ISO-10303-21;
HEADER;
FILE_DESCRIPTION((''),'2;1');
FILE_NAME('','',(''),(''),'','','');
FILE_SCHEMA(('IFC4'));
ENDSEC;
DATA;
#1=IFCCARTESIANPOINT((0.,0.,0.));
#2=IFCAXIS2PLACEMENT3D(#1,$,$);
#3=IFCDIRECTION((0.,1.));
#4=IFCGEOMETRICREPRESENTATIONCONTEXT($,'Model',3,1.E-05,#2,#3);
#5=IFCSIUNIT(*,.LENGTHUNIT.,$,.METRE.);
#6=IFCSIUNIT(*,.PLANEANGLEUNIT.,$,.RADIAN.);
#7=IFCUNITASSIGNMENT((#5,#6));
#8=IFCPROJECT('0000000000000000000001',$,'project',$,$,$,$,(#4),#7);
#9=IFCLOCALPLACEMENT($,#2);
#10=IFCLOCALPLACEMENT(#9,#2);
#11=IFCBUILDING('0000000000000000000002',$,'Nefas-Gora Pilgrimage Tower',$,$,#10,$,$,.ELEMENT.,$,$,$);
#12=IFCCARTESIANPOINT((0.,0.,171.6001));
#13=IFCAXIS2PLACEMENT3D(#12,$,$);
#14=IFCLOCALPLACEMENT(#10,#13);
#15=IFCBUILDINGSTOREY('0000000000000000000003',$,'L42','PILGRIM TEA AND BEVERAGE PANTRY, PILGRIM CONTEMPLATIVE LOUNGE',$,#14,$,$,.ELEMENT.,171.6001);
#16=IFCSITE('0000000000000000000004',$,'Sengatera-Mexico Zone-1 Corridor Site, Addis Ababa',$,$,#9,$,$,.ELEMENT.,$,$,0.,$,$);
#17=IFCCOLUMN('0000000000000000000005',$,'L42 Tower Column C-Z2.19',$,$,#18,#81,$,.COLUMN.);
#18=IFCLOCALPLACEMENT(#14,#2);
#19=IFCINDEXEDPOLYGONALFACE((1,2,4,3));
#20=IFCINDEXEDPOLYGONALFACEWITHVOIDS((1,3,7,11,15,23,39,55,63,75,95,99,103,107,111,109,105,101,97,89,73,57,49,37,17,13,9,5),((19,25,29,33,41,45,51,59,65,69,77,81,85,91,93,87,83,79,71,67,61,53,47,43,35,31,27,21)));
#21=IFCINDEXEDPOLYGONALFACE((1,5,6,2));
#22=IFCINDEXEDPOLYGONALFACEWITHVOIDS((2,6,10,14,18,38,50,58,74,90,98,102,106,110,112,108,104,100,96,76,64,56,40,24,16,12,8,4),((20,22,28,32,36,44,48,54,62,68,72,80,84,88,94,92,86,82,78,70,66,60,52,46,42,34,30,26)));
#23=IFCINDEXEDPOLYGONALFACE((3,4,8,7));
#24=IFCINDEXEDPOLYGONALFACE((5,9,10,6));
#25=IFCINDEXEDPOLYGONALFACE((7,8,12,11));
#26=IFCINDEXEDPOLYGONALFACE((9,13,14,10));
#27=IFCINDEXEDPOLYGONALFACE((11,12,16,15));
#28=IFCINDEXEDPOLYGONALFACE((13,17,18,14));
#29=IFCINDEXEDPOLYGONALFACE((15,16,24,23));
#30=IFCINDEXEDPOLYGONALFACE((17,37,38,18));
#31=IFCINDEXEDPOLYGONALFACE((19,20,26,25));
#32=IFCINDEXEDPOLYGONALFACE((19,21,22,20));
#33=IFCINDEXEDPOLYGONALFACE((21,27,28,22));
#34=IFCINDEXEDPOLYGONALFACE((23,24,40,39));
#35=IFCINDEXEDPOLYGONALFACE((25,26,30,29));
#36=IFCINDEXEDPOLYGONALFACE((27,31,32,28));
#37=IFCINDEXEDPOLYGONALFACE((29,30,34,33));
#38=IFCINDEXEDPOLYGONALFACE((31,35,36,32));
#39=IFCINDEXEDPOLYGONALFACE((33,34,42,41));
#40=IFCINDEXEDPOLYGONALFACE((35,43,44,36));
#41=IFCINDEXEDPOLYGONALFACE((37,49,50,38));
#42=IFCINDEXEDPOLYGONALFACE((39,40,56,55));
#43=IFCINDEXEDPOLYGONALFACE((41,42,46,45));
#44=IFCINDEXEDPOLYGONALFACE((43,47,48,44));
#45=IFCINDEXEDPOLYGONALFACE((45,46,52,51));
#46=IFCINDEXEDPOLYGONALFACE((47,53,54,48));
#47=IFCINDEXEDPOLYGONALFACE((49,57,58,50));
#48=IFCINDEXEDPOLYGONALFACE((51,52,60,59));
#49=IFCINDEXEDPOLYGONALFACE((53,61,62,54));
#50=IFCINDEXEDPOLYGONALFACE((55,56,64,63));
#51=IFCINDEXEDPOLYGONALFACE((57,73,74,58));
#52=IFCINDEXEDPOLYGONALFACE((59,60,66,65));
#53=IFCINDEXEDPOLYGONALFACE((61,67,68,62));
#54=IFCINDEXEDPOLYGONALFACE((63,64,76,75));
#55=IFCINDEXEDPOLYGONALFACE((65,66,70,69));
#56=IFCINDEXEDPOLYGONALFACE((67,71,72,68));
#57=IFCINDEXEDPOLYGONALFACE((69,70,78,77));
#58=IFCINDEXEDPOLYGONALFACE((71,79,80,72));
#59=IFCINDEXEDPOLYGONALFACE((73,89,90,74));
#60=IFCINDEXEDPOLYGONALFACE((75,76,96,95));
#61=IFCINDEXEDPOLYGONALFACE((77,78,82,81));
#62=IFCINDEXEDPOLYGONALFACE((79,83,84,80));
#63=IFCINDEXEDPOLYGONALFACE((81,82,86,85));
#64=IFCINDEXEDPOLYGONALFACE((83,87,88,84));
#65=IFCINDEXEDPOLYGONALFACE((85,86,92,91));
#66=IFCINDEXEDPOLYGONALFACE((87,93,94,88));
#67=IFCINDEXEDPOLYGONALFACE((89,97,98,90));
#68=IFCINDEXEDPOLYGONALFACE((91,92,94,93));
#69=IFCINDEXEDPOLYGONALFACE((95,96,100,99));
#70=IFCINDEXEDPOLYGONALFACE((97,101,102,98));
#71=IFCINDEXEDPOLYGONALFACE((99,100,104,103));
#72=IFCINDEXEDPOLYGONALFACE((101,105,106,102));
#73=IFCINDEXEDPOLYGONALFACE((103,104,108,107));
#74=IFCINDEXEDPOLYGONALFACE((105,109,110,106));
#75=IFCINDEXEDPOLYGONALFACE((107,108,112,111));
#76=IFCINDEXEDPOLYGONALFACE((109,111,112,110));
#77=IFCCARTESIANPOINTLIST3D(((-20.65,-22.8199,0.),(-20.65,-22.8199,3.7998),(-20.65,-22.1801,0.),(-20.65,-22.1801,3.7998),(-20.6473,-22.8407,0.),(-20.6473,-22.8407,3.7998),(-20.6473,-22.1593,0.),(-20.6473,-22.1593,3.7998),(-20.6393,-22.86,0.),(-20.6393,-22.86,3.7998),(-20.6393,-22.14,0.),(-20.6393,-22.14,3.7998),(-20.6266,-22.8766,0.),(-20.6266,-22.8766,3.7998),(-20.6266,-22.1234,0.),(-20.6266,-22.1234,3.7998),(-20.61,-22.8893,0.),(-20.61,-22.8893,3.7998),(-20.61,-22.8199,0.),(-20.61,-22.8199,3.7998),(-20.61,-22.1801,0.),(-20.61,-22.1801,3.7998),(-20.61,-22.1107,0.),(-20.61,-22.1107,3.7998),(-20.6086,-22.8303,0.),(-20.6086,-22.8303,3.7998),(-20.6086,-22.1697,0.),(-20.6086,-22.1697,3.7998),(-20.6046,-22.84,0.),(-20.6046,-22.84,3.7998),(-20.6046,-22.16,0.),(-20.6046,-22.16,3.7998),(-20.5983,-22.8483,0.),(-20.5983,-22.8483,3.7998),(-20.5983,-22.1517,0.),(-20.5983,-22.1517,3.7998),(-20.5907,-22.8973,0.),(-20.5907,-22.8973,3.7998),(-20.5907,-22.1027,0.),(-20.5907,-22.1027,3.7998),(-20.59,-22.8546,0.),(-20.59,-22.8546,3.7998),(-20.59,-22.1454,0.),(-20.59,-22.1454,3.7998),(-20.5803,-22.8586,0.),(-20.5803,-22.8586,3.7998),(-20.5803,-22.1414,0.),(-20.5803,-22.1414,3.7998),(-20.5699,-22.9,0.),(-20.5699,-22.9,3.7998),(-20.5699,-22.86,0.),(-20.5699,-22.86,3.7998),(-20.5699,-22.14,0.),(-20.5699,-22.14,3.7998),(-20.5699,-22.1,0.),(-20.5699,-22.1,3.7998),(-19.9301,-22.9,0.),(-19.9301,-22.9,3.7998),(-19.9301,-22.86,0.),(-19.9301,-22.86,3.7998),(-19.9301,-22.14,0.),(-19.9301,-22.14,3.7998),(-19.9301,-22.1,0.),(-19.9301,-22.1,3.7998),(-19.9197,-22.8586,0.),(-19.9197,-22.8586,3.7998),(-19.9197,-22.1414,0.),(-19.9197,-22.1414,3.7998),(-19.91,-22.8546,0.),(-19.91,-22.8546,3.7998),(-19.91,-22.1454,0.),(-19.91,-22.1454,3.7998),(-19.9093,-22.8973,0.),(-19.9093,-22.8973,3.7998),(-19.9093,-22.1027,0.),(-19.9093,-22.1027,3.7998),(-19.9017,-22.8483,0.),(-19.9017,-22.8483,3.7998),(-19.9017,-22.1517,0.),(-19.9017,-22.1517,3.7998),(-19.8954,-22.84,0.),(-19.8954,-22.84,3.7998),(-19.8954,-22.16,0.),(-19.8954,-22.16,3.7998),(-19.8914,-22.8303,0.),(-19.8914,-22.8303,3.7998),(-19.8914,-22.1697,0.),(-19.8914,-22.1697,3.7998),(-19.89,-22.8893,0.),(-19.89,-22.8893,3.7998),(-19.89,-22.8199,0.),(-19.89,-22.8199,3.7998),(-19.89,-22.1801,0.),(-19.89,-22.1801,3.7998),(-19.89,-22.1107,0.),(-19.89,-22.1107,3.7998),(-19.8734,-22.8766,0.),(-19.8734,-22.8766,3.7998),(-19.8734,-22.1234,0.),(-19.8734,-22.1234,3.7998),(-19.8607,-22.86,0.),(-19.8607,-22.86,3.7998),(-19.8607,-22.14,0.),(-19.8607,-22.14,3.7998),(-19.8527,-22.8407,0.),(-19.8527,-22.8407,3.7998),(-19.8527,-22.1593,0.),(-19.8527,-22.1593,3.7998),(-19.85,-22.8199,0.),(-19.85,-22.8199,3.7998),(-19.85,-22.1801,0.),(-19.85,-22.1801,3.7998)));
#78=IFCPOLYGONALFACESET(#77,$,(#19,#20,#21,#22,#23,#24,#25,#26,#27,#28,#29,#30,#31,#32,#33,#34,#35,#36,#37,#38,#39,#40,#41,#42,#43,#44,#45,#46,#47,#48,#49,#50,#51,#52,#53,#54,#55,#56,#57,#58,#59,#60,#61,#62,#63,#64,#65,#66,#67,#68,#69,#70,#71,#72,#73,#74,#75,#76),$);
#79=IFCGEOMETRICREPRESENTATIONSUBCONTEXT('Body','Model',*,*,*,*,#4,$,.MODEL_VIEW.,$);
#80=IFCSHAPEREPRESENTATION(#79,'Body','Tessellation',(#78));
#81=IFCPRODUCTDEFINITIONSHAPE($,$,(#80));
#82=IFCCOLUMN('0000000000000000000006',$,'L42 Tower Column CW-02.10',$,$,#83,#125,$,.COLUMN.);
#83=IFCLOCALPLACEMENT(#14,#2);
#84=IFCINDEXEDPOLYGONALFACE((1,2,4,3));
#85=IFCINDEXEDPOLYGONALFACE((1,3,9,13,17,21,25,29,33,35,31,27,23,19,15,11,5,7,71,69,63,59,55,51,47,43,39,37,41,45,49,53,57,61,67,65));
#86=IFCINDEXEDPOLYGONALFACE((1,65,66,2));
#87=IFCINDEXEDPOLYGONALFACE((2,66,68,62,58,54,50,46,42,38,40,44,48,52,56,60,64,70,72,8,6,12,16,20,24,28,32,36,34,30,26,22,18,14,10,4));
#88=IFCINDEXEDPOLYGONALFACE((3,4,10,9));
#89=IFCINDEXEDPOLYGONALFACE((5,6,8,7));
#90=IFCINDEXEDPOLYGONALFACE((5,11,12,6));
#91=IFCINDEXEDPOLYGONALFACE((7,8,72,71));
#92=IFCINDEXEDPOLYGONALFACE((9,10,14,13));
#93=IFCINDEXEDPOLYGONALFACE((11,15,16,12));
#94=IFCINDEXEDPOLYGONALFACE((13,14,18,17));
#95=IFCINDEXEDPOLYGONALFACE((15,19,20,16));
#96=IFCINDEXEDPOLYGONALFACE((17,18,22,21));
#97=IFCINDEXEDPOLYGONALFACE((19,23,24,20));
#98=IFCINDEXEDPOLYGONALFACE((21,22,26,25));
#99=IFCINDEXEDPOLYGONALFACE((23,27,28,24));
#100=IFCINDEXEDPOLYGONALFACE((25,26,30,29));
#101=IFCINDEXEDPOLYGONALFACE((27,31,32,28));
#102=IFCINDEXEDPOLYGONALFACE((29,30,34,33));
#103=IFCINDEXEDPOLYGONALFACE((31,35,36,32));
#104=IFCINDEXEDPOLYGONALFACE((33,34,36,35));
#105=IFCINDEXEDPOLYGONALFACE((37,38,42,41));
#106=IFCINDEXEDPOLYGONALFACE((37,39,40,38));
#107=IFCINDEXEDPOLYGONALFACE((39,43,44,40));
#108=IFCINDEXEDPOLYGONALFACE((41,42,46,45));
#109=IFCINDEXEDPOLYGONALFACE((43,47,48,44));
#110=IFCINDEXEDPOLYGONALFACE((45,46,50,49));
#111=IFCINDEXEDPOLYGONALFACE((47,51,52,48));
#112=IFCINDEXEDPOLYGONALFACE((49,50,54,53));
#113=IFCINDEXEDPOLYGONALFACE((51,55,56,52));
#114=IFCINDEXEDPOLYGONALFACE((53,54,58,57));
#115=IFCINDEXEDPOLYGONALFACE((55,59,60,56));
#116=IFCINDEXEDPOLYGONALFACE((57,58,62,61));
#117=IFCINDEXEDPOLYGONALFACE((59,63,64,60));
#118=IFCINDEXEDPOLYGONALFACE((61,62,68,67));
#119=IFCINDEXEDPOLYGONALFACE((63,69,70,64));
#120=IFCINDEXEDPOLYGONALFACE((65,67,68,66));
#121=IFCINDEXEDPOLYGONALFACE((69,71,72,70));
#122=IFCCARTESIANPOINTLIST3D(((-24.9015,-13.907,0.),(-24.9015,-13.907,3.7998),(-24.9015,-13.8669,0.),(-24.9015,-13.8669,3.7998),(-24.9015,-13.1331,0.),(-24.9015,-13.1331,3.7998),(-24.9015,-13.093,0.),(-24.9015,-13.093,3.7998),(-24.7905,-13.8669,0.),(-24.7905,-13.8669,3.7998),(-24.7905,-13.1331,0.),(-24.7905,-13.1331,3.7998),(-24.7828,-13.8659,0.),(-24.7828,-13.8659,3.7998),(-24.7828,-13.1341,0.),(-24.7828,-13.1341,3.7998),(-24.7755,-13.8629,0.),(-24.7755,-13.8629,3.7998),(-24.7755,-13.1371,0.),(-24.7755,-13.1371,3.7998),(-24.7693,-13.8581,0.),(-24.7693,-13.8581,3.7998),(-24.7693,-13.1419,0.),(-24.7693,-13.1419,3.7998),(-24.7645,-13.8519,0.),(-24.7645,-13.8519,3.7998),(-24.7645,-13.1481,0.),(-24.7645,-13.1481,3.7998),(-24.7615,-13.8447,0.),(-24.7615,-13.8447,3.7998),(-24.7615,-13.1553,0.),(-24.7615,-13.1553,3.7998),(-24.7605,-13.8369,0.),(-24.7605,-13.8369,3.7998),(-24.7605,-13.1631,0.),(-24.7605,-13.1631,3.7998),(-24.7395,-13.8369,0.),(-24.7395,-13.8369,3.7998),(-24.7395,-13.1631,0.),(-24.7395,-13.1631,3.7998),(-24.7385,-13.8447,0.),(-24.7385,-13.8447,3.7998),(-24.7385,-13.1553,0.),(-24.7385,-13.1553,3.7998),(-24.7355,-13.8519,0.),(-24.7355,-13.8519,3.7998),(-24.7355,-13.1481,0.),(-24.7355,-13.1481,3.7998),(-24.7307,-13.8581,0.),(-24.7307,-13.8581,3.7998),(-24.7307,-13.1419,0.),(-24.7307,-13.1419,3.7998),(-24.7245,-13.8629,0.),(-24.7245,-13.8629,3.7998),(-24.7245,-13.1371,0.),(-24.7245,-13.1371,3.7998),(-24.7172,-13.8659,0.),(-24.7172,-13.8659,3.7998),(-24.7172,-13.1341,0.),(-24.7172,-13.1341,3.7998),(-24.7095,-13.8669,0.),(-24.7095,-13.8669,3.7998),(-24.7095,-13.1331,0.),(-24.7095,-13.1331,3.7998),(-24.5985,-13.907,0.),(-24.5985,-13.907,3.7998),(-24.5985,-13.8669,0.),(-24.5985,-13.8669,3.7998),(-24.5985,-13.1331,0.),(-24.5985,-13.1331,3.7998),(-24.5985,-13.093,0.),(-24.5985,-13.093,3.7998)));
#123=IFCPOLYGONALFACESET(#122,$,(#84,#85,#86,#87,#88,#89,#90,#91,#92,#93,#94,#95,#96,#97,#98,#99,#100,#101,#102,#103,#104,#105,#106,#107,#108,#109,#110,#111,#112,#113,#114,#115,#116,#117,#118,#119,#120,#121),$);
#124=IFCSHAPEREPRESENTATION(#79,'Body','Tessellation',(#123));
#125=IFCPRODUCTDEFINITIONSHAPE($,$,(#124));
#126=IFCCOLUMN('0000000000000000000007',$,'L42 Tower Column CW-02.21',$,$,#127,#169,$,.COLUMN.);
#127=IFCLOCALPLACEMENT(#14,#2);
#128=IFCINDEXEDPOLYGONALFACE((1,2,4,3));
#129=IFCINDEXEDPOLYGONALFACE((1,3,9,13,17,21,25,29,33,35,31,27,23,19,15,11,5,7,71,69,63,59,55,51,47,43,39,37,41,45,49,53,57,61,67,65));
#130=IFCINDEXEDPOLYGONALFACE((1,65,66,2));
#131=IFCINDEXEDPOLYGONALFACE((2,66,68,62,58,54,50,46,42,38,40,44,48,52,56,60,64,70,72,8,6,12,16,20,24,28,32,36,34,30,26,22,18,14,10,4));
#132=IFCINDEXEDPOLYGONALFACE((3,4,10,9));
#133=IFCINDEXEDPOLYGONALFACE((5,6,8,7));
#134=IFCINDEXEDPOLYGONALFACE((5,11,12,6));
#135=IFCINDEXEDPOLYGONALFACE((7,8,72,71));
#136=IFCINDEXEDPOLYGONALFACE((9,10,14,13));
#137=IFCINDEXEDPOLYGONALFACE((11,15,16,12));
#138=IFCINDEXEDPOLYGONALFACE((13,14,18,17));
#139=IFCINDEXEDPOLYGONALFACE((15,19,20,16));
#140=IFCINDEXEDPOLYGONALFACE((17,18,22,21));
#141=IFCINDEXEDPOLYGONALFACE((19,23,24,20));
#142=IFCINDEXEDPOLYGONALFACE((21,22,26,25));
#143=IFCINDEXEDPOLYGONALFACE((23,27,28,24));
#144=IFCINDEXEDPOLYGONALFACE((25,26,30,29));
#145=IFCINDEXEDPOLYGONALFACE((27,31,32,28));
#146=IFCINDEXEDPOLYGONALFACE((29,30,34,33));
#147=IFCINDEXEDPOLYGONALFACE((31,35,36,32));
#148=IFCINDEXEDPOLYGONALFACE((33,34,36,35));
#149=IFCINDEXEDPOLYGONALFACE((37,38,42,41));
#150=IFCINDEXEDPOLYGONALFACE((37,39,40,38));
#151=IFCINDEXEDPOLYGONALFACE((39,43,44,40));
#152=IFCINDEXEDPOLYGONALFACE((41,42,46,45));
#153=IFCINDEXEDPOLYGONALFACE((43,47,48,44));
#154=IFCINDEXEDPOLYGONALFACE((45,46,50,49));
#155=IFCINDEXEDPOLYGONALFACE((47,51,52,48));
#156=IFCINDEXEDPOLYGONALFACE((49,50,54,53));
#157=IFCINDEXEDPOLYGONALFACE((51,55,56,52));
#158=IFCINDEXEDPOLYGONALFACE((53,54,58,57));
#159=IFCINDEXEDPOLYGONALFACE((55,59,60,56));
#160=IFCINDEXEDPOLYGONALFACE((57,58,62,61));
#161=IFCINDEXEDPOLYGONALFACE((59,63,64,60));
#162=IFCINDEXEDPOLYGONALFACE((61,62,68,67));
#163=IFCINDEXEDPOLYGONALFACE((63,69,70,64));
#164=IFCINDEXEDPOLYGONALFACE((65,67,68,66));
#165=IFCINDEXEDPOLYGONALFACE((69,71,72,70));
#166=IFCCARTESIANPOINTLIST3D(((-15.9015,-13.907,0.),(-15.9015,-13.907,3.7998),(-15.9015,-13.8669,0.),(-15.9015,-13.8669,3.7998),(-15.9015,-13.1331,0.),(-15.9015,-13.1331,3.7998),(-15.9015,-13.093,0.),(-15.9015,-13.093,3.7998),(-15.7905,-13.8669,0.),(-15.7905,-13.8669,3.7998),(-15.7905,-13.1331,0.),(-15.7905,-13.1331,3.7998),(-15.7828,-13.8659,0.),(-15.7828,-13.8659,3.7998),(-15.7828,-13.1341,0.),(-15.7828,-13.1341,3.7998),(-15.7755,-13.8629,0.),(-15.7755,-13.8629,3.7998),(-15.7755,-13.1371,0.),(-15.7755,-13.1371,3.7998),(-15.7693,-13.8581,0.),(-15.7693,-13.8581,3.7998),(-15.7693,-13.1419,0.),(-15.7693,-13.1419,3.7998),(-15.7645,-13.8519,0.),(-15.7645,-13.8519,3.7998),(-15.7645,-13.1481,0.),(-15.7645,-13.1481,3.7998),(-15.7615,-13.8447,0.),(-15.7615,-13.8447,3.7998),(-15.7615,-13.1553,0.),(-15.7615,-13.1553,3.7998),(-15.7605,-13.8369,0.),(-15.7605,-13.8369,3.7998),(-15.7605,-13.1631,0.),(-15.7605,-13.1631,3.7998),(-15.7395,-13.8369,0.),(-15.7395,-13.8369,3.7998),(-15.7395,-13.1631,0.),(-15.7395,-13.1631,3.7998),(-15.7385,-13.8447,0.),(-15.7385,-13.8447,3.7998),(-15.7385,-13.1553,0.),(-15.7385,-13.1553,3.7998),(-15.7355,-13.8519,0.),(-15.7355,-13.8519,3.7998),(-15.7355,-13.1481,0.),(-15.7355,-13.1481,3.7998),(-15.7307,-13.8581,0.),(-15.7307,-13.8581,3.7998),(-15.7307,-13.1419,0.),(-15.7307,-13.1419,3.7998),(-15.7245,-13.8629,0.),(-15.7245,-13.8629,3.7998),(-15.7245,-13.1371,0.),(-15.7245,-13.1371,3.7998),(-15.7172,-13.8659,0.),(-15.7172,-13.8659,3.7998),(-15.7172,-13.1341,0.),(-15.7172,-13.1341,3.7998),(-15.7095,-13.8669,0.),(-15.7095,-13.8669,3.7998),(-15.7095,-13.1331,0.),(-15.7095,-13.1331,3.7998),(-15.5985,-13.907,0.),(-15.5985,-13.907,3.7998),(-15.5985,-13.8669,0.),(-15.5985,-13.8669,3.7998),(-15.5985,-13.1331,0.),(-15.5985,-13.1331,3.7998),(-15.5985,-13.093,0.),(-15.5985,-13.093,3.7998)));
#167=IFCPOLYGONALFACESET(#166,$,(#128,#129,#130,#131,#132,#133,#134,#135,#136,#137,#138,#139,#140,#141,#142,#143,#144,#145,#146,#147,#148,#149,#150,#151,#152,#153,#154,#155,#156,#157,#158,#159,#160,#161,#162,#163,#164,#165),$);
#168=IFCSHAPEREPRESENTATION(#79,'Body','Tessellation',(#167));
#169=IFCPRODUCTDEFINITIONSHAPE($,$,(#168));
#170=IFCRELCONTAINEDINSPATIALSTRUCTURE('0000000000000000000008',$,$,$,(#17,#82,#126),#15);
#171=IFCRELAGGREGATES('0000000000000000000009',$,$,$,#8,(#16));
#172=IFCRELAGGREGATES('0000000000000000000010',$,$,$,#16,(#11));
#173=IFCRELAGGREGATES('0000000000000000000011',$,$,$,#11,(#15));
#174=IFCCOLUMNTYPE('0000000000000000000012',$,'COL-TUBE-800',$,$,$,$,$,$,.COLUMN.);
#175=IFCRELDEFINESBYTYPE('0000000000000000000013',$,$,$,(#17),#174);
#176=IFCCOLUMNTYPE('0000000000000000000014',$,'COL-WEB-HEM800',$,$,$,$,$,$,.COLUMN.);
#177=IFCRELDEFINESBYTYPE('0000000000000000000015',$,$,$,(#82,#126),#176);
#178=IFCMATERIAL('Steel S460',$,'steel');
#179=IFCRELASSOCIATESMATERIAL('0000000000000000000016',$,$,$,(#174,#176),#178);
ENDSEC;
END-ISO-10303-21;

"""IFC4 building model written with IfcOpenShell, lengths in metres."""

from ifc_helpers import new_model, si_unit, direction, frame, origin, origin_2d, place, context, subcontext, project, spatial, hollow_rectangle, i_section, extrude, source, transform, mapped, material, material_profile, profile_set, type_object, element, save


model = new_model("IFC4")

# Units and contexts
model_context = context("Model", 3, precision=1e-05, world=origin(), true_north=direction((0.0, 1.0)))
body_context = subcontext(model_context, "Body", "Model", "MODEL_VIEW")
ifc_project = project(units=[si_unit("LENGTHUNIT", "METRE"), si_unit("PLANEANGLEUNIT", "RADIAN")], contexts=[model_context])

# Site, building, storey
site_placement = place(None, origin())
site = spatial("IfcSite", under=ifc_project, at=site_placement, Name="Sengatera-Mexico Zone-1 Corridor Site, Addis Ababa", CompositionType="ELEMENT", RefElevation=0.0)
building_placement = place(site_placement, origin())
building = spatial("IfcBuilding", under=site, at=building_placement, Name="Nefas-Gora Pilgrimage Tower", CompositionType="ELEMENT")
storey_placement = place(building_placement, frame((0.0, 0.0, 171.6001)))
storey = spatial("IfcBuildingStorey", under=building, at=storey_placement, Name="L42", Description="PILGRIM TEA AND BEVERAGE PANTRY, PILGRIM CONTEMPLATIVE LOUNGE", CompositionType="ELEMENT", Elevation=171.6001)

# Columns
ifc_material_1 = material(Name="Steel S460", Category="steel")
ifc_material_profile_1 = material_profile(ifc_material_1, hollow_rectangle(XDim=0.8, YDim=0.8, WallThickness=0.04, InnerFilletRadius=0.04, OuterFilletRadius=0.0801, at=origin_2d()), Name="BOX 800x800x40")
ifc_profile_set_1 = profile_set([ifc_material_profile_1], Name="Steel S460")
column_type_1 = type_object("IfcColumnType", Name="COL-TUBE-800", PredefinedType="COLUMN", material=ifc_profile_set_1)
shared_shape_1 = source(origin(), body_context, "Body", "SweptSolid", [
    extrude(hollow_rectangle(XDim=0.8, YDim=0.8, WallThickness=0.04, InnerFilletRadius=0.04, OuterFilletRadius=0.0801, at=origin_2d()), origin(), (0.0, 0.0, 1.0), 3.7998),
])
column_placement = place(storey_placement, frame((-20.25, -22.5, 0.0), z_axis=(0.0, 0.0, 1.0), x_axis=(1.0, 0.0, 0.0)))
element("IfcColumn", 1, at=column_placement, inside=storey, type_object=column_type_1, Name="L42 Tower Column C-Z2.19", PredefinedType="COLUMN", context=body_context, shape_type="MappedRepresentation", body=[
    mapped(shared_shape_1, transform((0.0, 0.0, 0.0), x_axis=(1.0, 0.0, 0.0), y_axis=(0.0, 1.0, 0.0), z_axis=(0.0, 0.0, 1.0), scale=1.0)),
])
ifc_material_profile_2 = material_profile(ifc_material_1, i_section(OverallWidth=0.303, OverallDepth=0.814, WebThickness=0.021, FlangeThickness=0.04, FilletRadius=0.03, at=origin_2d()), Name="HEM 800")
ifc_profile_set_2 = profile_set([ifc_material_profile_2], Name="Steel S460")
column_type_2 = type_object("IfcColumnType", Name="COL-WEB-HEM800", PredefinedType="COLUMN", material=ifc_profile_set_2)
shared_shape_2 = source(origin(), body_context, "Body", "SweptSolid", [
    extrude(i_section(OverallWidth=0.303, OverallDepth=0.814, WebThickness=0.021, FlangeThickness=0.04, FilletRadius=0.03, at=origin_2d()), origin(), (0.0, 0.0, 1.0), 3.7998),
])
for number, where, z_axis, x_axis, name in (
    (2, (-24.75, -13.5, 0.0), (0.0, 0.0, 1.0), (1.0, 0.0, 0.0), "L42 Tower Column CW-02.10"),
    (3, (-15.75, -13.5, 0.0), (0.0, 0.0, 1.0), (1.0, 0.0, 0.0), "L42 Tower Column CW-02.21"),
):
    element("IfcColumn", number, at=place(storey_placement, frame(where, z_axis=z_axis, x_axis=x_axis)), inside=storey, type_object=column_type_2, Name=name, PredefinedType="COLUMN", context=body_context, shape_type="MappedRepresentation", body=[
        mapped(shared_shape_2, transform((0.0, 0.0, 0.0), x_axis=(1.0, 0.0, 0.0), y_axis=(0.0, 1.0, 0.0), z_axis=(0.0, 0.0, 1.0), scale=1.0)),
    ])

save(model, "model.ifc")
